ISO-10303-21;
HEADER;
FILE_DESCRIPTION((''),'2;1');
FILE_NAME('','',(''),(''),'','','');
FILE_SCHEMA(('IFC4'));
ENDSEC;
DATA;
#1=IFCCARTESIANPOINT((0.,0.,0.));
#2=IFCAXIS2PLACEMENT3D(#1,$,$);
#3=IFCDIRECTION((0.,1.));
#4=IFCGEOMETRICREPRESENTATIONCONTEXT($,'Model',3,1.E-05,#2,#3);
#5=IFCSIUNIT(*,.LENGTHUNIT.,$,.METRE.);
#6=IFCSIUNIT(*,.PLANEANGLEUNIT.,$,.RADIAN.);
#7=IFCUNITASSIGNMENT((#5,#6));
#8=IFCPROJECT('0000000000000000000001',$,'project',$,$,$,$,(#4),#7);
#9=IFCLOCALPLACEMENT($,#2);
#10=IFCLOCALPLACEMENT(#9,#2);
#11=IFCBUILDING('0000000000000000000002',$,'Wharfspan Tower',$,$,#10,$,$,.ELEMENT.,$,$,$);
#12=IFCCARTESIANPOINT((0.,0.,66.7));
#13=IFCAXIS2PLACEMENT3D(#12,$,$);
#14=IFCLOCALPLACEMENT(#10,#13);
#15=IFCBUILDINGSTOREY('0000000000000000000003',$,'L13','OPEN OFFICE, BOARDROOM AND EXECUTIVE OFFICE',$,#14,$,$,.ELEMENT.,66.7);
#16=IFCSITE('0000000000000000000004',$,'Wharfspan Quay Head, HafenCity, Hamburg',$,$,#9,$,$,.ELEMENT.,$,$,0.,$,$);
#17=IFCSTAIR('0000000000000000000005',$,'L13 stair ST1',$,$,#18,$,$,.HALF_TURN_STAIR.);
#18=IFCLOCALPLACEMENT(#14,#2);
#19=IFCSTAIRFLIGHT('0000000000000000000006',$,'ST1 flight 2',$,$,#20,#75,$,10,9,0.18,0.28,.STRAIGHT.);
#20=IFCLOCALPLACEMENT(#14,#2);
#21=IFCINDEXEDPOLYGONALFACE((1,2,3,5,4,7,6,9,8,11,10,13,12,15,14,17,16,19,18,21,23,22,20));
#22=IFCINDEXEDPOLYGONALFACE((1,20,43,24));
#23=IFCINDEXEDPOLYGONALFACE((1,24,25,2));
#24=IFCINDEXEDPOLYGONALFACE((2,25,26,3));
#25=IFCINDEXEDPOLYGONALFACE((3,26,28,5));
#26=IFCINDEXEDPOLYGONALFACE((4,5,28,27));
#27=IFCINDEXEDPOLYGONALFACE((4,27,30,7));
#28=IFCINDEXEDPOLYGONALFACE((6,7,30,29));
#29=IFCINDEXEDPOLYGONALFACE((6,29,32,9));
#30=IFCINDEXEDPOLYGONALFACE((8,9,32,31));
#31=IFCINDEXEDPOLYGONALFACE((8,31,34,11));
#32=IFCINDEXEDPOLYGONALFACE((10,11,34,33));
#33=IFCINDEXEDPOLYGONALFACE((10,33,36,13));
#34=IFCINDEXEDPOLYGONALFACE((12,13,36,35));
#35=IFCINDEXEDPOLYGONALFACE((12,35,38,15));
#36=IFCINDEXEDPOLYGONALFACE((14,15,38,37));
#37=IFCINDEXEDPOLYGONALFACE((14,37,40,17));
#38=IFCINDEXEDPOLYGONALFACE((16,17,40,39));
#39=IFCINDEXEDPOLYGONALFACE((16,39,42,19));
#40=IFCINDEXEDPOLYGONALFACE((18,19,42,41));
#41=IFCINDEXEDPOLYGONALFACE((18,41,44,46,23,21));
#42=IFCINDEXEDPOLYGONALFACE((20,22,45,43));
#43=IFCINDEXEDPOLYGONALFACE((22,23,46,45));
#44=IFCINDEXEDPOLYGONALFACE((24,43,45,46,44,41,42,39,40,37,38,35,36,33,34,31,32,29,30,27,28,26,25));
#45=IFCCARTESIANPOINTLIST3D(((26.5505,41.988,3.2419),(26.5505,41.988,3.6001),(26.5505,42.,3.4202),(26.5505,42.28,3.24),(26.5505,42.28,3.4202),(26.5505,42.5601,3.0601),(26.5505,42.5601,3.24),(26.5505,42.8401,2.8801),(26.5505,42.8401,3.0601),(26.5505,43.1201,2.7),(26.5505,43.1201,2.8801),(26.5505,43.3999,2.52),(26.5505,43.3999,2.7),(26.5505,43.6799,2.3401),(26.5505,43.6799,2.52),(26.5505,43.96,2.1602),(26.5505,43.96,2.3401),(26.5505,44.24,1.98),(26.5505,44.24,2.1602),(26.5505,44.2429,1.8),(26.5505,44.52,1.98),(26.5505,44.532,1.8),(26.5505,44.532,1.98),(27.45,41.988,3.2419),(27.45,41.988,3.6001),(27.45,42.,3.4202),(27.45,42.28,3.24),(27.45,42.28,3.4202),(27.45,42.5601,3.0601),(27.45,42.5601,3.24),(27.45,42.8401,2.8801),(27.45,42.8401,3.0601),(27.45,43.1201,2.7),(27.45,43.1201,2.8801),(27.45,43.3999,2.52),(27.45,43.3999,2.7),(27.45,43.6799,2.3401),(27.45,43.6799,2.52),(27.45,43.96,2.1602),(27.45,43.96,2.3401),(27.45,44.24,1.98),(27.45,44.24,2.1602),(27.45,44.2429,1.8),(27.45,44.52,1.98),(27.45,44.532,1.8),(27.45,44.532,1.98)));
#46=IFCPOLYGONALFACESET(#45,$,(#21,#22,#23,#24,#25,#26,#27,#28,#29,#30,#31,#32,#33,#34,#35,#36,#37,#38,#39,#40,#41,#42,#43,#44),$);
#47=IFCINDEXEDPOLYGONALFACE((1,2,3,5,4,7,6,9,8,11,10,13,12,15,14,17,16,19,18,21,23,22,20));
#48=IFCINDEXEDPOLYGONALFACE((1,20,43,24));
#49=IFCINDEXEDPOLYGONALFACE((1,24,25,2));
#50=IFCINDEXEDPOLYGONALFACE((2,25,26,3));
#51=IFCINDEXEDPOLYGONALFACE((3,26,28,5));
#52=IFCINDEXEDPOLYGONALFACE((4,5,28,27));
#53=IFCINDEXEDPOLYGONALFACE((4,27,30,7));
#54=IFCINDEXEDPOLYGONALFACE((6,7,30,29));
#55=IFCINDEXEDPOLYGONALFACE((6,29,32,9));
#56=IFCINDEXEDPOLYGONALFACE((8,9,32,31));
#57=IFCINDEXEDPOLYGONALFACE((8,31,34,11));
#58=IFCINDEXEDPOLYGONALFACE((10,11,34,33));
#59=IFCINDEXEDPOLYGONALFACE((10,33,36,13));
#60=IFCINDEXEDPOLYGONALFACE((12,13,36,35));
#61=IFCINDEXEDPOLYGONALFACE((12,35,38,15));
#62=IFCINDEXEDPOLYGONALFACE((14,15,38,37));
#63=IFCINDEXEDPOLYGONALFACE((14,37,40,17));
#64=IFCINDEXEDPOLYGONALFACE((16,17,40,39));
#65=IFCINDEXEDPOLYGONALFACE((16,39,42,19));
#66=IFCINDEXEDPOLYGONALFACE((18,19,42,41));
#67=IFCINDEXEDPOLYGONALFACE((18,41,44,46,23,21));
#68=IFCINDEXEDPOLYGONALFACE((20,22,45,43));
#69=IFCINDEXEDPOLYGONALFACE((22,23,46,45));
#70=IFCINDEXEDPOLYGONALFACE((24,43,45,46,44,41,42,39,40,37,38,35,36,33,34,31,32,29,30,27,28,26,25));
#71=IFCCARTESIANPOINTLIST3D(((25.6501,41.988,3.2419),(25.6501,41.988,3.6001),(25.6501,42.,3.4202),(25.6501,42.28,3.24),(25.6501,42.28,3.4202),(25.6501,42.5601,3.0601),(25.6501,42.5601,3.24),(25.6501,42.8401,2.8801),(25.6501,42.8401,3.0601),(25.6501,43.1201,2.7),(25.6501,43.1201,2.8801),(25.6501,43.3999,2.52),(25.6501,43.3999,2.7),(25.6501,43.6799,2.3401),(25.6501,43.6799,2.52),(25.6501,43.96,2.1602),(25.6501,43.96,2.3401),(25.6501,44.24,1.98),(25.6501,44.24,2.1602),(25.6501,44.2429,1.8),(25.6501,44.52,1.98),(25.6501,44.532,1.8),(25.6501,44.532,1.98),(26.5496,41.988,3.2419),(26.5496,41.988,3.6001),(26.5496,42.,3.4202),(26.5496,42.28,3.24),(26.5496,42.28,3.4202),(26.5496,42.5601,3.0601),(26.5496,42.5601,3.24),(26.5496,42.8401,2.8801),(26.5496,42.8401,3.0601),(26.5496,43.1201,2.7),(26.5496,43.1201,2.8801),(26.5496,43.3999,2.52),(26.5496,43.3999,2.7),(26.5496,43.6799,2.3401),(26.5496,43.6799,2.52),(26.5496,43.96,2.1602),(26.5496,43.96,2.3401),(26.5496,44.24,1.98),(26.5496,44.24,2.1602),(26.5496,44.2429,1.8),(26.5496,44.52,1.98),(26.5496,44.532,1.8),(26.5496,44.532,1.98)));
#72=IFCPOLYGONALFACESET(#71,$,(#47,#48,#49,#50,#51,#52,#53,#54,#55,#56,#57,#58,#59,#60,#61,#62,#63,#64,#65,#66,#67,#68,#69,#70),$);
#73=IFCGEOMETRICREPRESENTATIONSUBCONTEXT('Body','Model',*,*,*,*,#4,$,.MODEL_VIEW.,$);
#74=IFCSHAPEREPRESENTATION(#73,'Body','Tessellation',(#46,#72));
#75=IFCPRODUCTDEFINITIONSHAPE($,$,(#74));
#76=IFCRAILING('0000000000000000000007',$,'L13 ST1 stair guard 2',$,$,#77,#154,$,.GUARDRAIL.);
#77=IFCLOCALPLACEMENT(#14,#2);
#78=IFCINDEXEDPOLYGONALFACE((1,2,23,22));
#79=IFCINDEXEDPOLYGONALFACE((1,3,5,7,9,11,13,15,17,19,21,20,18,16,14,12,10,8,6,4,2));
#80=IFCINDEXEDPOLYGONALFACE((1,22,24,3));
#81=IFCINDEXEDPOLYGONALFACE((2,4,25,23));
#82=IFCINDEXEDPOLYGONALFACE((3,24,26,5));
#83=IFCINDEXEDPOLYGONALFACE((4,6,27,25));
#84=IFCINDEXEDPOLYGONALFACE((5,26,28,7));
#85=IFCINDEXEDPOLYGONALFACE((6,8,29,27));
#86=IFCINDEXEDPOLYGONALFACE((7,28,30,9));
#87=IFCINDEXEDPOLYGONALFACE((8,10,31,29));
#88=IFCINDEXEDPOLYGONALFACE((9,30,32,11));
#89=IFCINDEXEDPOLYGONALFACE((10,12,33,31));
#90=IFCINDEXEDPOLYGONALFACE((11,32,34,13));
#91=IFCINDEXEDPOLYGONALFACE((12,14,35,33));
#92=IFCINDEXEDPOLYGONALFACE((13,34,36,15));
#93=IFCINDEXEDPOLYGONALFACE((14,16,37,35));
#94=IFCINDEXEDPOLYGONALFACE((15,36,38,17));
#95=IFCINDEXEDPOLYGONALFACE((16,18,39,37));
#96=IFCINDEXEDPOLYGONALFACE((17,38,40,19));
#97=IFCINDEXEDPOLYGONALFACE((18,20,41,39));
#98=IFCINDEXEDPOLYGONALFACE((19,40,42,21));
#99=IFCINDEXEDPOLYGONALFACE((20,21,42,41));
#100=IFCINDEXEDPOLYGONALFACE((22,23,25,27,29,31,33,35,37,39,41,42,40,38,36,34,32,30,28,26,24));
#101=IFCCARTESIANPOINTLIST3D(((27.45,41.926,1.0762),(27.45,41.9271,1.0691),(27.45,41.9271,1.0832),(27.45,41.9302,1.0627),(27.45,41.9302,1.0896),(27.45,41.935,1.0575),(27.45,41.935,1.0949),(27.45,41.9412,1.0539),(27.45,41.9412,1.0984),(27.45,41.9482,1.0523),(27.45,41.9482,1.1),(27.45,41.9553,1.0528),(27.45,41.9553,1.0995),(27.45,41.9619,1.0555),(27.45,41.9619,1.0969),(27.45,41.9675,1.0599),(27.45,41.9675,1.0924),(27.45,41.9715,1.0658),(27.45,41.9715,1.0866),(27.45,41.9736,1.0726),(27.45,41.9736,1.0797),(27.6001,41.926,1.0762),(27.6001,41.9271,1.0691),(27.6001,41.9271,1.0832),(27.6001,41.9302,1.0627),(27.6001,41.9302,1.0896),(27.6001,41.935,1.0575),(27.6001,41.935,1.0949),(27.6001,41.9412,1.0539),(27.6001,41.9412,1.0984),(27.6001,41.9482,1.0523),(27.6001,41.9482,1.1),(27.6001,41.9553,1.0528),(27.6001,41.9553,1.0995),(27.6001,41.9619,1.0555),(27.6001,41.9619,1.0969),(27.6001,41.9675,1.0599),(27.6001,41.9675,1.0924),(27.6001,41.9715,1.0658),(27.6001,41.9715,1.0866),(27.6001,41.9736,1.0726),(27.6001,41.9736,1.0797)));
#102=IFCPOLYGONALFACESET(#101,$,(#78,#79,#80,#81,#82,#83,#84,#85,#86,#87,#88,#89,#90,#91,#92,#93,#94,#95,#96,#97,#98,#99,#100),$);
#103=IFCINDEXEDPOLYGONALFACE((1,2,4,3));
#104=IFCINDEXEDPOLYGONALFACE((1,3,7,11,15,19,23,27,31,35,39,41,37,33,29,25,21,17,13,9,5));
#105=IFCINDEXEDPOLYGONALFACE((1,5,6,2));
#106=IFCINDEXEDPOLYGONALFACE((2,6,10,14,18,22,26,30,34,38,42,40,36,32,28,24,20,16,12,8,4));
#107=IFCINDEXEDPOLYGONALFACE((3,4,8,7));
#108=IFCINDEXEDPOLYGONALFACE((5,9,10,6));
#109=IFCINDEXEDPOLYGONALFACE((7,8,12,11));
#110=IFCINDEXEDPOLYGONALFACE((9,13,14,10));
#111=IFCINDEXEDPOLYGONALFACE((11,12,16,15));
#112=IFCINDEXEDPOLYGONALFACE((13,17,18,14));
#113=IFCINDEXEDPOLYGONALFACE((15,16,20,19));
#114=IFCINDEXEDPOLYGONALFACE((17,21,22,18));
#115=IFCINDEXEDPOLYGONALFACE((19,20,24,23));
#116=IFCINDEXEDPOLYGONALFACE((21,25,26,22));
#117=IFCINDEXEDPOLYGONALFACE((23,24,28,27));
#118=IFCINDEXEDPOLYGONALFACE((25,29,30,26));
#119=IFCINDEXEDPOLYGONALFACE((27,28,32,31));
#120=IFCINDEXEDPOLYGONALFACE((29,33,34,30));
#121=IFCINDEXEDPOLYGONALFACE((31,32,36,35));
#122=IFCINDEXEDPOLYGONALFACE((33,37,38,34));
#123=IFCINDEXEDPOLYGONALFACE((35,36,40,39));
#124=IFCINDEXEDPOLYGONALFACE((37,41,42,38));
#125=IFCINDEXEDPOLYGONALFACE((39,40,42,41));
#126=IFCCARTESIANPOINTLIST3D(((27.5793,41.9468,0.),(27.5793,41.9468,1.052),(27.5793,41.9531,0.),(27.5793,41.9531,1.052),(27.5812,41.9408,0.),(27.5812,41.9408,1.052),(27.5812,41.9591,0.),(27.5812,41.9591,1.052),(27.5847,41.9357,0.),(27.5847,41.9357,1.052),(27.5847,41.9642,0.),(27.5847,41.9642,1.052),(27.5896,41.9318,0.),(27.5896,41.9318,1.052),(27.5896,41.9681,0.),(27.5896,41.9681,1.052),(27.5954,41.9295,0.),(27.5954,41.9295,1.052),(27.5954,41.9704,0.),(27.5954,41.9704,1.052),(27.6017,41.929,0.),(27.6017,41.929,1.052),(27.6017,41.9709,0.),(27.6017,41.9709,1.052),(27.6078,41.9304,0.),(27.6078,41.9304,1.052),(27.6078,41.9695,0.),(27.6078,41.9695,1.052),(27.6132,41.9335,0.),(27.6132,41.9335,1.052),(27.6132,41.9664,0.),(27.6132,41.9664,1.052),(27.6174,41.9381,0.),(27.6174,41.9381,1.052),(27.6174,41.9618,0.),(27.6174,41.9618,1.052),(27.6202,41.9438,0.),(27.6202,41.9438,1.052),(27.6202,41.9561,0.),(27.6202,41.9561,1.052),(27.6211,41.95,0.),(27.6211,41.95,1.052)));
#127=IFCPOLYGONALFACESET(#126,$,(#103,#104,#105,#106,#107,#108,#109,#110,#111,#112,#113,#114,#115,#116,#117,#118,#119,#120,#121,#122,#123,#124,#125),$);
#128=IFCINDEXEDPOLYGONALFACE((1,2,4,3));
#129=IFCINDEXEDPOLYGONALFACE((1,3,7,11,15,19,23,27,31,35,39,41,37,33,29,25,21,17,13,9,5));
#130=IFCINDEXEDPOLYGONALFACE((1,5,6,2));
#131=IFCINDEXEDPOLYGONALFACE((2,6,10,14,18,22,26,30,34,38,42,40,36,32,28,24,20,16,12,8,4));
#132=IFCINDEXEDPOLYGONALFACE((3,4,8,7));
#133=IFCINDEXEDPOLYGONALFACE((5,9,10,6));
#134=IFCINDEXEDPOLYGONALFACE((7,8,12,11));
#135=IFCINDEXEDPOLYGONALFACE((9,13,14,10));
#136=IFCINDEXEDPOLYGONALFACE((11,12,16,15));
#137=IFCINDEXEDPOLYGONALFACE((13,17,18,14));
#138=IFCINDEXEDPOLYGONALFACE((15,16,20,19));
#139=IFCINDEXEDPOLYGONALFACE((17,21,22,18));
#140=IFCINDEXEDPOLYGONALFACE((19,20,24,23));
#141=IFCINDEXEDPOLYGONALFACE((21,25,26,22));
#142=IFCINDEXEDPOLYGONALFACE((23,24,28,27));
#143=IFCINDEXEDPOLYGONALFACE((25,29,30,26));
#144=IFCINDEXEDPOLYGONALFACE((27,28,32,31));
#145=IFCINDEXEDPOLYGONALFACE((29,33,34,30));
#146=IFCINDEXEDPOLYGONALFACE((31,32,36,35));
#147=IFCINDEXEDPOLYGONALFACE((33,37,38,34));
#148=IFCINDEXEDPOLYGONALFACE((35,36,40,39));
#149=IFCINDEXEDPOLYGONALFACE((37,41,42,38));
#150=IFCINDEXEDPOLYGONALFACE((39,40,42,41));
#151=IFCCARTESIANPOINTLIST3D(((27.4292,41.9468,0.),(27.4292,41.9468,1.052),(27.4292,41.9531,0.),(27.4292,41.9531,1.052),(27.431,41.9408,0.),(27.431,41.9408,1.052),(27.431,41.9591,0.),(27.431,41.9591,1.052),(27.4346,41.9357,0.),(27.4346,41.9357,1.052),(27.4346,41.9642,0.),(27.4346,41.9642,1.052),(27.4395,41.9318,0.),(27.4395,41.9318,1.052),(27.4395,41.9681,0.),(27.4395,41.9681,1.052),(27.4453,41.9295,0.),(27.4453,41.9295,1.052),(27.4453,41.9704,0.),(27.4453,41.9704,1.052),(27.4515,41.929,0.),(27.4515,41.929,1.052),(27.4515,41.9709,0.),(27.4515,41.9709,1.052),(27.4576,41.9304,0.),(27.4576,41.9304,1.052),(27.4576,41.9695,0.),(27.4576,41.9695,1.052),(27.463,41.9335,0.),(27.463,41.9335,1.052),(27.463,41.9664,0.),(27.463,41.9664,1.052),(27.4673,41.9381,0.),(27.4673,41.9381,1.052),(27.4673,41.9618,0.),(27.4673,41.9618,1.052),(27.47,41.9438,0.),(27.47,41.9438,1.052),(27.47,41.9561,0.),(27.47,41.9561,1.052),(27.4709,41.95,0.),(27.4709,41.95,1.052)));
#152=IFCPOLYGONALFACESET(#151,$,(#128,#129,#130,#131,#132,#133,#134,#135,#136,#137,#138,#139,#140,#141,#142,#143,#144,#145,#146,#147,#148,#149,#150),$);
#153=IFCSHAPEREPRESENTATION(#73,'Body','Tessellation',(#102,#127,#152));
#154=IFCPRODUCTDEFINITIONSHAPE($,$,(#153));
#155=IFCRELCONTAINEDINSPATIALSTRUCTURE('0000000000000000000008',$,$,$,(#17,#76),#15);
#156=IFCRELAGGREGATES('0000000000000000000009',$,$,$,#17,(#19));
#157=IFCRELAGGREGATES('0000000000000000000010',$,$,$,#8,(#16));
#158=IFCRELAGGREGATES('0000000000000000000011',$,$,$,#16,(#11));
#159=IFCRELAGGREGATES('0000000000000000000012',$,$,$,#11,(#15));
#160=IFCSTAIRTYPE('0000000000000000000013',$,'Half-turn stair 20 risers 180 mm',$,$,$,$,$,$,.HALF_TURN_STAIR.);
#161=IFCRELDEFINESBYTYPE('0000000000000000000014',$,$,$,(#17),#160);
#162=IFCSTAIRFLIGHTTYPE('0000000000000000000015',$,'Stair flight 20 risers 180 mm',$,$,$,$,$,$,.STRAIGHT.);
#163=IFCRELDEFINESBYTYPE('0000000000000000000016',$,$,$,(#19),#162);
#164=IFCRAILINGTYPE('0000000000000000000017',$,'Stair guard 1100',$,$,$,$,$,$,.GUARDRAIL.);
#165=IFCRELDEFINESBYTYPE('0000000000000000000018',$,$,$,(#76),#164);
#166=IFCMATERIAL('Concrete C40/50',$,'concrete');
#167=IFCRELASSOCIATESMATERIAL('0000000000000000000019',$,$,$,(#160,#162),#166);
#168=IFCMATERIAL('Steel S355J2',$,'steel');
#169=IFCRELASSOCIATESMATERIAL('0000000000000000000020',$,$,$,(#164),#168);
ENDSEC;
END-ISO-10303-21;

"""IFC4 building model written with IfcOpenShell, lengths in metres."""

from ifc_helpers import new_model, si_unit, direction, frame, origin, origin_2d, place, context, subcontext, project, spatial, polyline, circle, outline, extrude, material, type_object, element, aggregate, save


model = new_model("IFC4")

# Units and contexts
model_context = context("Model", 3, precision=1e-05, world=origin(), true_north=direction((0.0, 1.0)))
body_context = subcontext(model_context, "Body", "Model", "MODEL_VIEW")
ifc_project = project(units=[si_unit("LENGTHUNIT", "METRE"), si_unit("PLANEANGLEUNIT", "RADIAN")], contexts=[model_context])

# Site, building, storey
site_placement = place(None, origin())
site = spatial("IfcSite", under=ifc_project, at=site_placement, Name="Wharfspan Quay Head, HafenCity, Hamburg", CompositionType="ELEMENT", RefElevation=0.0)
building_placement = place(site_placement, origin())
building = spatial("IfcBuilding", under=site, at=building_placement, Name="Wharfspan Tower", CompositionType="ELEMENT")
storey_placement = place(building_placement, frame((0.0, 0.0, 66.7)))
storey = spatial("IfcBuildingStorey", under=building, at=storey_placement, Name="L13", Description="OPEN OFFICE, BOARDROOM AND EXECUTIVE OFFICE", CompositionType="ELEMENT", Elevation=66.7)

# Shared definitions
ifc_material_1 = material(Name="Steel S355J2", Category="steel")

# Shared definitions
ifc_material_2 = material(Name="Concrete C40/50", Category="concrete")

# Stair, stair flight
stair_type = type_object("IfcStairType", Name="Half-turn stair 20 risers 180 mm", PredefinedType="HALF_TURN_STAIR", material=ifc_material_2)
stair_placement = place(storey_placement, origin())
stair = element("IfcStair", 1, at=stair_placement, inside=storey, type_object=stair_type, Name="L13 stair ST1", PredefinedType="HALF_TURN_STAIR")
stair_flight_type = type_object("IfcStairFlightType", Name="Stair flight 20 risers 180 mm", PredefinedType="STRAIGHT", material=ifc_material_2)
stair_flight_1_placement = place(storey_placement, frame((26.55, 44.52, 1.8), z_axis=(0.0, 0.0, 1.0), x_axis=(0.0, -1.0, 0.0)))
stair_flight_1 = element("IfcStairFlight", 2, at=stair_flight_1_placement, type_object=stair_flight_type, Name="ST1 flight 2", NumberOfRisers=10, NumberOfTreads=9, PredefinedType="STRAIGHT", RiserHeight=0.18, TreadLength=0.28, context=body_context, shape_type="SweptSolid", body=[
    extrude(outline(polyline([(-0.012, 0.0), (-0.012, 0.1799), (0.0, 0.1799), (0.28, 0.1799), (0.28, 0.3601), (0.5601, 0.3601), (0.5601, 0.54), (0.8401, 0.54), (0.8401, 0.72), (1.1201, 0.72), (1.1201, 0.8999), (1.3999, 0.8999), (1.3999, 1.0801), (1.6799, 1.0801), (1.6799, 1.26), (1.96, 1.26), (1.96, 1.4399), (2.24, 1.4399), (2.24, 1.6201), (2.52, 1.6201), (2.532, 1.8), (2.532, 1.4419), (0.2771, 0.0), (-0.012, 0.0)])), frame((0.0, 0.8999, 0.0), z_axis=(0.0, -1.0, 0.0), x_axis=(1.0, 0.0, 0.0)), (0.0, 0.0, 1.0), 0.8994),
    extrude(outline(polyline([(-0.012, 0.0), (-0.012, 0.1799), (0.0, 0.1799), (0.28, 0.1799), (0.28, 0.3601), (0.5601, 0.3601), (0.5601, 0.54), (0.8401, 0.54), (0.8401, 0.72), (1.1201, 0.72), (1.1201, 0.8999), (1.3999, 0.8999), (1.3999, 1.0801), (1.6799, 1.0801), (1.6799, 1.26), (1.96, 1.26), (1.96, 1.4399), (2.24, 1.4399), (2.24, 1.6201), (2.52, 1.6201), (2.532, 1.8), (2.532, 1.4419), (0.2771, 0.0), (-0.012, 0.0)])), frame((0.0, -0.0005, 0.0), z_axis=(0.0, -1.0, 0.0), x_axis=(1.0, 0.0, 0.0)), (0.0, 0.0, 1.0), 0.8994),
])
aggregate(stair, [stair_flight_1])

# Railing
railing_type_1 = type_object("IfcRailingType", Name="Stair guard 1100", PredefinedType="GUARDRAIL", material=ifc_material_1)
railing_1_placement = place(storey_placement, frame((27.6001, 41.95, 0.0)))
element("IfcRailing", 3, at=railing_1_placement, inside=storey, type_object=railing_type_1, Name="L13 ST1 stair guard 2", PredefinedType="GUARDRAIL", context=body_context, shape_type="SweptSolid", body=[
    extrude(circle(Radius=0.0239, at=origin_2d()), frame((0.0, 0.0, 1.0762), z_axis=(-1.0, 0.0, 0.0), x_axis=(0.0, -1.0, 0.0)), (0.0, 0.0, 1.0), 0.1501),
    extrude(circle(Radius=0.021, at=origin_2d()), origin(), (0.0, 0.0, 1.0), 1.052),
    extrude(circle(Radius=0.021, at=origin_2d()), frame((-0.1501, 0.0, 0.0)), (0.0, 0.0, 1.0), 1.052),
])

save(model, "model.ifc")
